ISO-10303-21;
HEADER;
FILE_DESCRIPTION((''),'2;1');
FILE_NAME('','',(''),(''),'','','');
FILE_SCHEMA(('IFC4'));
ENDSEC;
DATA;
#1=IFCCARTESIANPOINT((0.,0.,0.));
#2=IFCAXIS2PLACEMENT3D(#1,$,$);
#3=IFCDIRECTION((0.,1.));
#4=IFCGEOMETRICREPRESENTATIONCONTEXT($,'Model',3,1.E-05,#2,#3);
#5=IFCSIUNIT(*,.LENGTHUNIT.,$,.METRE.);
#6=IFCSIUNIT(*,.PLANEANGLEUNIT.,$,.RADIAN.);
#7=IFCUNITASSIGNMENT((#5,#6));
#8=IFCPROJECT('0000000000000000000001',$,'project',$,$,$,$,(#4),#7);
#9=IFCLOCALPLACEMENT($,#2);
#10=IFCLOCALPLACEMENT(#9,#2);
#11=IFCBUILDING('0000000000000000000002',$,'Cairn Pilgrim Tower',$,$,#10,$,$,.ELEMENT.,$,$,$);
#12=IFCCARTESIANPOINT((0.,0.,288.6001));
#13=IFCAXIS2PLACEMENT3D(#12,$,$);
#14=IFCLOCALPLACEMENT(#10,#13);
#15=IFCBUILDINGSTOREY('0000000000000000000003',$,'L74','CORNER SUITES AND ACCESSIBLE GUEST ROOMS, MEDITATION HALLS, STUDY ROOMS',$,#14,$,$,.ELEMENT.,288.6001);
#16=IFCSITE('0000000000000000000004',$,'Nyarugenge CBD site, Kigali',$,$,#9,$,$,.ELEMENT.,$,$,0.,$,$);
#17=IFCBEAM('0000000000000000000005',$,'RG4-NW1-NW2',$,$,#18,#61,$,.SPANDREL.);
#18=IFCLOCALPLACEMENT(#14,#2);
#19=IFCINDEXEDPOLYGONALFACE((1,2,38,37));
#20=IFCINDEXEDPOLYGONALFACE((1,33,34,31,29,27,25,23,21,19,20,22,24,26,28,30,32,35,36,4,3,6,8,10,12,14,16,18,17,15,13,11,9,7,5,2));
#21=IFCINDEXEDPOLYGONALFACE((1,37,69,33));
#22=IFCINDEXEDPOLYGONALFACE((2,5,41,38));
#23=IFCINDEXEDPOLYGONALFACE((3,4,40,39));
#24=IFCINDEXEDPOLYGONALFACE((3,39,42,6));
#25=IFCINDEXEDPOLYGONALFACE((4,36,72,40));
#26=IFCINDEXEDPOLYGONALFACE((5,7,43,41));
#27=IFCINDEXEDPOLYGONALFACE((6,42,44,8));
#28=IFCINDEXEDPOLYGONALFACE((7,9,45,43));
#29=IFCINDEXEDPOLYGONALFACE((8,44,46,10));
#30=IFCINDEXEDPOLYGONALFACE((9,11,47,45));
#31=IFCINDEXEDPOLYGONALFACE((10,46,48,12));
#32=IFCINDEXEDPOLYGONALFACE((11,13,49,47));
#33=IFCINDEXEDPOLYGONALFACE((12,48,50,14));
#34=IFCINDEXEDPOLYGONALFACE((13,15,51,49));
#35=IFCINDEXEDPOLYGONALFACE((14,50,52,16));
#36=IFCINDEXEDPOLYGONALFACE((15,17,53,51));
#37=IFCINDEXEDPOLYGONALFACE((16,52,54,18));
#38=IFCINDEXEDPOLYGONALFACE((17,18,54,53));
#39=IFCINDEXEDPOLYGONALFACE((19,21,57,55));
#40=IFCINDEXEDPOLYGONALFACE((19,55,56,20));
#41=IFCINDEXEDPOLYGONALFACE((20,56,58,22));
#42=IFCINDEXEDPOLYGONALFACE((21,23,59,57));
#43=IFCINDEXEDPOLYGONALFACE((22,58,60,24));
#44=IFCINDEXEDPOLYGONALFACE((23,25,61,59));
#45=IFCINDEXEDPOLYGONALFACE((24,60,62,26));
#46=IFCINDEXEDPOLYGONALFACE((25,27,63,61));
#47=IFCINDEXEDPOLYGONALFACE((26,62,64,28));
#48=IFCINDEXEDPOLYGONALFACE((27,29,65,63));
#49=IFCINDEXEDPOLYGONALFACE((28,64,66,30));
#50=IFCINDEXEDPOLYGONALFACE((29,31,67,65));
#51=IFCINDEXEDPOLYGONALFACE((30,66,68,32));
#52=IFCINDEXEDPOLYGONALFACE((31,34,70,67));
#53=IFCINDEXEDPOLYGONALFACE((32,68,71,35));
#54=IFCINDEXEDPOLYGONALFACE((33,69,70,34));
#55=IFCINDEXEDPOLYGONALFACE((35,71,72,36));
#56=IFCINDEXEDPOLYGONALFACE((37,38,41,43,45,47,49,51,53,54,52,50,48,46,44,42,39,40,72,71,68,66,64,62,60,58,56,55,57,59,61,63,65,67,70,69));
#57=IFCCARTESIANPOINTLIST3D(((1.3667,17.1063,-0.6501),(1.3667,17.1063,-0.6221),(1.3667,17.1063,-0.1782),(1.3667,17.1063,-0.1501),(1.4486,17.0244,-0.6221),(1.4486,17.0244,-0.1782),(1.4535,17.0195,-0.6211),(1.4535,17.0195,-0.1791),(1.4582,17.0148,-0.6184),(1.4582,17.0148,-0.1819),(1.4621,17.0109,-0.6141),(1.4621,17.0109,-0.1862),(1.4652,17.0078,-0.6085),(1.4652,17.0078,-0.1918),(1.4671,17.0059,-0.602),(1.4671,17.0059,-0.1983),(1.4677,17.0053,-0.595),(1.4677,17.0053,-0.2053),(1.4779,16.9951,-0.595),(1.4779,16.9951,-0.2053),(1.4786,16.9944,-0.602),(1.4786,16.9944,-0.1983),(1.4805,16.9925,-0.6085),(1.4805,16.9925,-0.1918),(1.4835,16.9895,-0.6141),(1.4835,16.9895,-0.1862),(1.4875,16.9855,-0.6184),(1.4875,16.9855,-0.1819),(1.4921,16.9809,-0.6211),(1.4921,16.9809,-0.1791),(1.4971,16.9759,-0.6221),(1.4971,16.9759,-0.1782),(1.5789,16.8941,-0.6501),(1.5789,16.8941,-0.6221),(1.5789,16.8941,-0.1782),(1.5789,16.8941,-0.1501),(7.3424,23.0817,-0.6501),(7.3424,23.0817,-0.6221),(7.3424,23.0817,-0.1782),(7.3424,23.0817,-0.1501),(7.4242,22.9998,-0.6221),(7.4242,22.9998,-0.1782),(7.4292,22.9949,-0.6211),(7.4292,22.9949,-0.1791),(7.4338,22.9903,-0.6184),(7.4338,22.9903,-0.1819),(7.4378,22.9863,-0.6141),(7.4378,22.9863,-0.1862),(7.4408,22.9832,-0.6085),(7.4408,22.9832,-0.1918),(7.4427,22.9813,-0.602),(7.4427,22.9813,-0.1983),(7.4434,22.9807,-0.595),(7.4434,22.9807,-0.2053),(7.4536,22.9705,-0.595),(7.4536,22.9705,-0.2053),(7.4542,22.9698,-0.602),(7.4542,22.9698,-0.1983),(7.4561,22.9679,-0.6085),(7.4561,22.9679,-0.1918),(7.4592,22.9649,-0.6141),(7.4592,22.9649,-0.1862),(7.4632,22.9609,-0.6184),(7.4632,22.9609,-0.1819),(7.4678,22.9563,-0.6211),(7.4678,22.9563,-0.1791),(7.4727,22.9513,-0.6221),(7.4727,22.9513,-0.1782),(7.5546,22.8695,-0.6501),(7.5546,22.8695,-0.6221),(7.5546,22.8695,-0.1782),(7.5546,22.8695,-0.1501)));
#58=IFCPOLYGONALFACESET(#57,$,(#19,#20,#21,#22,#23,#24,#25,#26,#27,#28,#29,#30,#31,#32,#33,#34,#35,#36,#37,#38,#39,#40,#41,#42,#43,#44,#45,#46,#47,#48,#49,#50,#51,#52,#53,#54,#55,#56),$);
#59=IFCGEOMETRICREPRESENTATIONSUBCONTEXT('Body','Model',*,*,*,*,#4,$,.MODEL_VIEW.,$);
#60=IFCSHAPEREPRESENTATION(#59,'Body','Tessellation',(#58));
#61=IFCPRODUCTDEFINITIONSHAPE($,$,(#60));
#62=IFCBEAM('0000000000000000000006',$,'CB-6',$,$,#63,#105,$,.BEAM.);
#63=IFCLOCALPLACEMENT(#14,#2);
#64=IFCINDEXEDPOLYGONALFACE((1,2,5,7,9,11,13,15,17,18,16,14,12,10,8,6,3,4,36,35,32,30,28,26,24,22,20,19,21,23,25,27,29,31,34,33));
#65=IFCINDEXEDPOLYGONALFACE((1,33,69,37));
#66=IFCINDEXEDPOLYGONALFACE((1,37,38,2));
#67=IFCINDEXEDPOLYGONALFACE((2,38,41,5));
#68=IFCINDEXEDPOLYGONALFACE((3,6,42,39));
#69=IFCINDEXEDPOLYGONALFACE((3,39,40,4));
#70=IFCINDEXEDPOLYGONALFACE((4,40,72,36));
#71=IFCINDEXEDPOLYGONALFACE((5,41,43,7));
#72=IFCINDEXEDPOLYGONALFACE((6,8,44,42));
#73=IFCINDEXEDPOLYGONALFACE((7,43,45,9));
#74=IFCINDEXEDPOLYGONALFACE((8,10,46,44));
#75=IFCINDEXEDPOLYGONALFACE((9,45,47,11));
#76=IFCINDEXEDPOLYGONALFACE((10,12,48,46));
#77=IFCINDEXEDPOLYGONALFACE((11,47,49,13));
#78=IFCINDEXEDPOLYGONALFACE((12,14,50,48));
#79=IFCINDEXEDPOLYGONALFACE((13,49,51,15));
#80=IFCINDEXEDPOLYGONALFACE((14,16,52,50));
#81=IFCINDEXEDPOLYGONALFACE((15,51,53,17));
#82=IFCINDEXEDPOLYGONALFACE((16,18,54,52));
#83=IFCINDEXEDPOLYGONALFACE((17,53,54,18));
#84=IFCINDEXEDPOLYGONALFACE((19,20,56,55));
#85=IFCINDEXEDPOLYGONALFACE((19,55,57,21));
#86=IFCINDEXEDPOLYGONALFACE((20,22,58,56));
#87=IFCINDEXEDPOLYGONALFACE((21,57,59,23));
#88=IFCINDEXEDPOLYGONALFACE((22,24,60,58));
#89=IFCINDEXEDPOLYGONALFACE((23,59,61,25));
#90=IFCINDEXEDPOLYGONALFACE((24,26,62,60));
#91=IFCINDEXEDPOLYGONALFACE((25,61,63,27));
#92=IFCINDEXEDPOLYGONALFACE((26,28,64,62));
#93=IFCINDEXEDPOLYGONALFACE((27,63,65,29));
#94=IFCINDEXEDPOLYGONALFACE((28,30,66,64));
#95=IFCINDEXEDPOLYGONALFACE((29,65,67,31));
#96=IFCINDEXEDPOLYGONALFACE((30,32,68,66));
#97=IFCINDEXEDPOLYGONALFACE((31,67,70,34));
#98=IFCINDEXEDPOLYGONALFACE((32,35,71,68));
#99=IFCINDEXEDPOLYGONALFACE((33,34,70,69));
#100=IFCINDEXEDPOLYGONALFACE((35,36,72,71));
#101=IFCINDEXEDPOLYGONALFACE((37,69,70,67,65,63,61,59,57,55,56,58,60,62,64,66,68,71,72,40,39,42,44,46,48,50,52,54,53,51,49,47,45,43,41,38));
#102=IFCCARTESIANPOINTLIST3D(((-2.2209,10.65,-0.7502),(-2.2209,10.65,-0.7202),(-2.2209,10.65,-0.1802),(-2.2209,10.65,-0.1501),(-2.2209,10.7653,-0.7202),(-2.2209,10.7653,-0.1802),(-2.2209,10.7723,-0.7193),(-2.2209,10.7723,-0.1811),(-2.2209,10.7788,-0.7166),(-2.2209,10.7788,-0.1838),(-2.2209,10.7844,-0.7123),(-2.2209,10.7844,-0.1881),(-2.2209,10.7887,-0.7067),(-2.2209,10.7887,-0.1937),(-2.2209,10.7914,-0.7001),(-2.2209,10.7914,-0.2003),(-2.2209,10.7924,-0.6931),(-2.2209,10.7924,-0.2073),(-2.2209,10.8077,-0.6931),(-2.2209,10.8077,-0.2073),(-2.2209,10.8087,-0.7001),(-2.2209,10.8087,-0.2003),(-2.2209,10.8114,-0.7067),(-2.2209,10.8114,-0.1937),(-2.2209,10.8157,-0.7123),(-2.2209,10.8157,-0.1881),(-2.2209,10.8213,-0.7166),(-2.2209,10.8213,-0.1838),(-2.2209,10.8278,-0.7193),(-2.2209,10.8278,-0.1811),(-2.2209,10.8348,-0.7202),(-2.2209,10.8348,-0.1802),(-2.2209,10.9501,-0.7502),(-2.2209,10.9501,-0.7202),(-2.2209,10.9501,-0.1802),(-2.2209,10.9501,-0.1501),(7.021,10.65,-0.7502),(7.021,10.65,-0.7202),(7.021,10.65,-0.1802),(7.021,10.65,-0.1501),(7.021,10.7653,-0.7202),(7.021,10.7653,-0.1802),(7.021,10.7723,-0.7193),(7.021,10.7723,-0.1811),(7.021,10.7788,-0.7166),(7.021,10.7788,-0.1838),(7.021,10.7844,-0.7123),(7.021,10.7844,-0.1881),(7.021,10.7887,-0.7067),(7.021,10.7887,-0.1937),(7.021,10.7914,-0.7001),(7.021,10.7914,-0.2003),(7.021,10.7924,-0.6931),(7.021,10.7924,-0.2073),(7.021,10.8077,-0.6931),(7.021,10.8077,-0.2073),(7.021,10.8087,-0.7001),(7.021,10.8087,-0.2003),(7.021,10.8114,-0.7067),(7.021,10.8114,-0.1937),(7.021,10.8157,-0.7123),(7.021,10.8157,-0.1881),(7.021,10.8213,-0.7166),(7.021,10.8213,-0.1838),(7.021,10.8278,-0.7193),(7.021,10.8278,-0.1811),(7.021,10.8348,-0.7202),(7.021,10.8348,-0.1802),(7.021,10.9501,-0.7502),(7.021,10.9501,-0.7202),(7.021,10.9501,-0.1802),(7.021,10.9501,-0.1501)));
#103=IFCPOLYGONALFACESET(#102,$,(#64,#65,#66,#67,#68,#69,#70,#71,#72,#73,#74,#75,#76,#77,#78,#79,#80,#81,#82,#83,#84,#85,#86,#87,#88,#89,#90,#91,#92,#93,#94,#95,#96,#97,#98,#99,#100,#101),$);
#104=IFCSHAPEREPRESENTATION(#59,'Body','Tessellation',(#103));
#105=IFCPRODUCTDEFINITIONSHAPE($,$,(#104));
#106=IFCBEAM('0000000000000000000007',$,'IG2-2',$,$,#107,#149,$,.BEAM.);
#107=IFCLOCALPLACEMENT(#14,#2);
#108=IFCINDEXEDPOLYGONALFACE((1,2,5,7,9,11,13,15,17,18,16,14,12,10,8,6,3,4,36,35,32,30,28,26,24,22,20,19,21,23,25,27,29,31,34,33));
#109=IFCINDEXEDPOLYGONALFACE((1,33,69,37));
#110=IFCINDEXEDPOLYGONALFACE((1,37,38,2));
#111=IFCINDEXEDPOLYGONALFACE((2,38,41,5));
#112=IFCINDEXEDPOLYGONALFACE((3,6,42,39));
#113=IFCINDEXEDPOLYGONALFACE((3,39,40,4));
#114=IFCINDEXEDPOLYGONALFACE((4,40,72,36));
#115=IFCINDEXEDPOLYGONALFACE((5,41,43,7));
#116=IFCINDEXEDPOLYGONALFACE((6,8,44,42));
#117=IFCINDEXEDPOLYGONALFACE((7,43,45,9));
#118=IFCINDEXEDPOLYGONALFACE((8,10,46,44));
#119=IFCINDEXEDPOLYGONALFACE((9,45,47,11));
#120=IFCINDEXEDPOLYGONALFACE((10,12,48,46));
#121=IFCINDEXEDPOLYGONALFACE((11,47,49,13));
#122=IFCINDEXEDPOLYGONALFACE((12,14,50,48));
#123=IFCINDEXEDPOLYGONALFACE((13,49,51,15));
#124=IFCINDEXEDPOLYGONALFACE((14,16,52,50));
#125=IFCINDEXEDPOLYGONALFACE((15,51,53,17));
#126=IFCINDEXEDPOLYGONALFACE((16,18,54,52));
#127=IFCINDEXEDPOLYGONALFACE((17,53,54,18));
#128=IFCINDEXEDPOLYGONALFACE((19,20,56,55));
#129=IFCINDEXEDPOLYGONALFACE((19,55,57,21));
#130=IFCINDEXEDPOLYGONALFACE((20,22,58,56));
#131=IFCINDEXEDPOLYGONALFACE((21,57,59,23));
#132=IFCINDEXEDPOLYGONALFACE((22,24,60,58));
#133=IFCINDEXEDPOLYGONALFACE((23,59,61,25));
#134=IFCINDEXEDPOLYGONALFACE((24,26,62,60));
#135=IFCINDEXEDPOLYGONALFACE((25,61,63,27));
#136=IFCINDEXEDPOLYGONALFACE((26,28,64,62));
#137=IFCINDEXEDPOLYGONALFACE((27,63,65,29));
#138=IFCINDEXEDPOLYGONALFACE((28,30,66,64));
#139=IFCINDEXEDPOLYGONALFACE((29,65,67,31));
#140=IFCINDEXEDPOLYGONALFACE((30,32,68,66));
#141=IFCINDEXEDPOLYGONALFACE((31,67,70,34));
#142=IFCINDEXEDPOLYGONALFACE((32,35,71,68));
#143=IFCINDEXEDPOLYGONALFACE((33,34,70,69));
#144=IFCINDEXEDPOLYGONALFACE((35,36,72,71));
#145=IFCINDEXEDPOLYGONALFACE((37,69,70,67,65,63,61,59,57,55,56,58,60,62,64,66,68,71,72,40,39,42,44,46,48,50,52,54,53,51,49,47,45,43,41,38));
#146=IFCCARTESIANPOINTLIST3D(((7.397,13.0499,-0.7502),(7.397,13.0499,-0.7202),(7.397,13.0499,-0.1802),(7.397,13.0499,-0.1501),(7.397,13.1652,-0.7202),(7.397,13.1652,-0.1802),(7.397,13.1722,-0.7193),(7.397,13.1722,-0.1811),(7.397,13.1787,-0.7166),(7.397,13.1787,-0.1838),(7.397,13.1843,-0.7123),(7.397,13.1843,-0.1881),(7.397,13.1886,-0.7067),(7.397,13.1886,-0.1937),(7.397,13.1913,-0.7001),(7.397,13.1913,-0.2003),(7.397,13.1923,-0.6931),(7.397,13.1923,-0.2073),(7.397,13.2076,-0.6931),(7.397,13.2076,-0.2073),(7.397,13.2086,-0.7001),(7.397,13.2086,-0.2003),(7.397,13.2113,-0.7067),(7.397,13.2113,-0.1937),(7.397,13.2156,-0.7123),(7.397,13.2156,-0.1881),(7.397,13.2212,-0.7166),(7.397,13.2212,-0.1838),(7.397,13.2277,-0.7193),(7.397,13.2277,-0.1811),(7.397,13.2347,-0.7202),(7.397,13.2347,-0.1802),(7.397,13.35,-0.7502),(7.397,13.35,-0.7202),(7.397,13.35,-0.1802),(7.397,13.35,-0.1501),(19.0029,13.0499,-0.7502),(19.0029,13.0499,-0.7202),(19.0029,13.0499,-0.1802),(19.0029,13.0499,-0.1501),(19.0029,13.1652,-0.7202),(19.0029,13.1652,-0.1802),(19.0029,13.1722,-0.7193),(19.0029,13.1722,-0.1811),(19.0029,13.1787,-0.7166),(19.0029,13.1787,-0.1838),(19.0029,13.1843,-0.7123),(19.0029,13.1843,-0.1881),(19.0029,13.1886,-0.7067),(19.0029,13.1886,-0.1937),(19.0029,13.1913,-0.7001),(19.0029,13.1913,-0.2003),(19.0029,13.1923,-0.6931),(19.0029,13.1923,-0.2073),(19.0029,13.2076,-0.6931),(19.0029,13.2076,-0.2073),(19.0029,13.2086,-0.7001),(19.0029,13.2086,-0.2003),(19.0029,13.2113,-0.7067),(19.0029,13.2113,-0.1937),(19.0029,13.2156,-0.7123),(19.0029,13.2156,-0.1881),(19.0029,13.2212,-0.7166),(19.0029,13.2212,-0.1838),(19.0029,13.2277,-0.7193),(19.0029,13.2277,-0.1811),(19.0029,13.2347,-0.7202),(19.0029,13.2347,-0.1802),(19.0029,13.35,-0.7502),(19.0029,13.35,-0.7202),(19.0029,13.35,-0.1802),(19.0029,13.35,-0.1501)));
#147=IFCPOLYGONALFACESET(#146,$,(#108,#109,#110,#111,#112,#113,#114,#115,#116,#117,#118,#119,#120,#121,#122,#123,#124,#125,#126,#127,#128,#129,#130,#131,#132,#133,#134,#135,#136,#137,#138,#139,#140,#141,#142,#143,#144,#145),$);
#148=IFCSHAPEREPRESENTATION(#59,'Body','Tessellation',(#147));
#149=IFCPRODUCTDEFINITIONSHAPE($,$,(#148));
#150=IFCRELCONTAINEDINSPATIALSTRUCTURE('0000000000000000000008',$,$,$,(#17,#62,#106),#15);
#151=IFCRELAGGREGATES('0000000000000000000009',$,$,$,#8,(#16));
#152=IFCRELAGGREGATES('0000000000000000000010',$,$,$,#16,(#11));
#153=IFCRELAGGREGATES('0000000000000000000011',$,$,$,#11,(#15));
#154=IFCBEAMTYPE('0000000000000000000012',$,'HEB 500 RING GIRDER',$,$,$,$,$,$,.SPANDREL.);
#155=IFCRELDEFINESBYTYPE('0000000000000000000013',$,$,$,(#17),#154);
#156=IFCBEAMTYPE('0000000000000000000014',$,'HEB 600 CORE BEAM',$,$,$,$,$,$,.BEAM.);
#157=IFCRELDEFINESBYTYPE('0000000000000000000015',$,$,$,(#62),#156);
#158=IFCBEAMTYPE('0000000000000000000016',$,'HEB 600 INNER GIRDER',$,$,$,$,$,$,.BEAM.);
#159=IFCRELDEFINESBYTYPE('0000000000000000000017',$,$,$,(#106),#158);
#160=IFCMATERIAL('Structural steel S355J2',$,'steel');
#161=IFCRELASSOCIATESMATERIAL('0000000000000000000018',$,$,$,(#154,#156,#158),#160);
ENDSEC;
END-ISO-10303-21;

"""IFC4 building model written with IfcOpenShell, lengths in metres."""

from ifc_helpers import new_model, si_unit, direction, frame, origin, origin_2d, place, context, subcontext, project, spatial, i_section, extrude, material, material_profile, profile_set, type_object, element, save


model = new_model("IFC4")

# Units and contexts
model_context = context("Model", 3, precision=1e-05, world=origin(), true_north=direction((0.0, 1.0)))
body_context = subcontext(model_context, "Body", "Model", "MODEL_VIEW")
ifc_project = project(units=[si_unit("LENGTHUNIT", "METRE"), si_unit("PLANEANGLEUNIT", "RADIAN")], contexts=[model_context])

# Site, building, storey
site_placement = place(None, origin())
site = spatial("IfcSite", under=ifc_project, at=site_placement, Name="Nyarugenge CBD site, Kigali", CompositionType="ELEMENT", RefElevation=0.0)
building_placement = place(site_placement, origin())
building = spatial("IfcBuilding", under=site, at=building_placement, Name="Cairn Pilgrim Tower", CompositionType="ELEMENT")
storey_placement = place(building_placement, frame((0.0, 0.0, 288.6001)))
storey = spatial("IfcBuildingStorey", under=building, at=storey_placement, Name="L74", Description="CORNER SUITES AND ACCESSIBLE GUEST ROOMS, MEDITATION HALLS, STUDY ROOMS", CompositionType="ELEMENT", Elevation=288.6001)

# Shared definitions
ifc_material_1 = material(Name="Structural steel S355J2", Category="steel")

# Beams
ifc_material_profile_1 = material_profile(ifc_material_1, i_section(OverallWidth=0.3, OverallDepth=0.5, WebThickness=0.0144, FlangeThickness=0.0281, FilletRadius=0.0271, at=origin_2d()), Name="HEB 500")
ifc_profile_set_1 = profile_set([ifc_material_profile_1], Name="Structural steel S355J2")
beam_type_1 = type_object("IfcBeamType", Name="HEB 500 RING GIRDER", PredefinedType="SPANDREL", material=ifc_profile_set_1)
beam_1_placement = place(storey_placement, frame((7.4485, 22.9756, -0.4001), z_axis=(-0.707121, -0.707092, 0.0), x_axis=(0.707092, -0.707121, 0.0)))
element("IfcBeam", 1, at=beam_1_placement, inside=storey, type_object=beam_type_1, Name="RG4-NW1-NW2", PredefinedType="SPANDREL", context=body_context, shape_type="SweptSolid", body=[
    extrude(i_section(OverallWidth=0.3, OverallDepth=0.5, WebThickness=0.0144, FlangeThickness=0.0281, FilletRadius=0.0271, at=origin_2d()), origin(), (0.0, 0.0, 1.0), 8.4507),
])
ifc_material_profile_2 = material_profile(ifc_material_1, i_section(OverallWidth=0.3, OverallDepth=0.6001, WebThickness=0.0154, FlangeThickness=0.03, FilletRadius=0.0271, at=origin_2d()), Name="HEB 600")
ifc_profile_set_2 = profile_set([ifc_material_profile_2], Name="Structural steel S355J2")
beam_type_2 = type_object("IfcBeamType", Name="HEB 600 CORE BEAM", PredefinedType="BEAM", material=ifc_profile_set_2)
beam_2_placement = place(storey_placement, frame((7.021, 10.8, -0.4502), z_axis=(-1.0, 0.0, 0.0), x_axis=(0.0, -1.0, 0.0)))
element("IfcBeam", 2, at=beam_2_placement, inside=storey, type_object=beam_type_2, Name="CB-6", PredefinedType="BEAM", context=body_context, shape_type="SweptSolid", body=[
    extrude(i_section(OverallWidth=0.3, OverallDepth=0.6001, WebThickness=0.0154, FlangeThickness=0.03, FilletRadius=0.0271, at=origin_2d()), origin(), (0.0, 0.0, 1.0), 9.2419),
])
ifc_material_profile_3 = material_profile(ifc_material_1, i_section(OverallWidth=0.3, OverallDepth=0.6001, WebThickness=0.0154, FlangeThickness=0.03, FilletRadius=0.0271, at=origin_2d()), Name="HEB 600")
ifc_profile_set_3 = profile_set([ifc_material_profile_3], Name="Structural steel S355J2")
beam_type_3 = type_object("IfcBeamType", Name="HEB 600 INNER GIRDER", PredefinedType="BEAM", material=ifc_profile_set_3)
beam_3_placement = place(storey_placement, frame((7.397, 13.2, -0.4502), z_axis=(1.0, 0.0, 0.0), x_axis=(0.0, 1.0, 0.0)))
element("IfcBeam", 3, at=beam_3_placement, inside=storey, type_object=beam_type_3, Name="IG2-2", PredefinedType="BEAM", context=body_context, shape_type="SweptSolid", body=[
    extrude(i_section(OverallWidth=0.3, OverallDepth=0.6001, WebThickness=0.0154, FlangeThickness=0.03, FilletRadius=0.0271, at=origin_2d()), origin(), (0.0, 0.0, 1.0), 11.606),
])

save(model, "model.ifc")
